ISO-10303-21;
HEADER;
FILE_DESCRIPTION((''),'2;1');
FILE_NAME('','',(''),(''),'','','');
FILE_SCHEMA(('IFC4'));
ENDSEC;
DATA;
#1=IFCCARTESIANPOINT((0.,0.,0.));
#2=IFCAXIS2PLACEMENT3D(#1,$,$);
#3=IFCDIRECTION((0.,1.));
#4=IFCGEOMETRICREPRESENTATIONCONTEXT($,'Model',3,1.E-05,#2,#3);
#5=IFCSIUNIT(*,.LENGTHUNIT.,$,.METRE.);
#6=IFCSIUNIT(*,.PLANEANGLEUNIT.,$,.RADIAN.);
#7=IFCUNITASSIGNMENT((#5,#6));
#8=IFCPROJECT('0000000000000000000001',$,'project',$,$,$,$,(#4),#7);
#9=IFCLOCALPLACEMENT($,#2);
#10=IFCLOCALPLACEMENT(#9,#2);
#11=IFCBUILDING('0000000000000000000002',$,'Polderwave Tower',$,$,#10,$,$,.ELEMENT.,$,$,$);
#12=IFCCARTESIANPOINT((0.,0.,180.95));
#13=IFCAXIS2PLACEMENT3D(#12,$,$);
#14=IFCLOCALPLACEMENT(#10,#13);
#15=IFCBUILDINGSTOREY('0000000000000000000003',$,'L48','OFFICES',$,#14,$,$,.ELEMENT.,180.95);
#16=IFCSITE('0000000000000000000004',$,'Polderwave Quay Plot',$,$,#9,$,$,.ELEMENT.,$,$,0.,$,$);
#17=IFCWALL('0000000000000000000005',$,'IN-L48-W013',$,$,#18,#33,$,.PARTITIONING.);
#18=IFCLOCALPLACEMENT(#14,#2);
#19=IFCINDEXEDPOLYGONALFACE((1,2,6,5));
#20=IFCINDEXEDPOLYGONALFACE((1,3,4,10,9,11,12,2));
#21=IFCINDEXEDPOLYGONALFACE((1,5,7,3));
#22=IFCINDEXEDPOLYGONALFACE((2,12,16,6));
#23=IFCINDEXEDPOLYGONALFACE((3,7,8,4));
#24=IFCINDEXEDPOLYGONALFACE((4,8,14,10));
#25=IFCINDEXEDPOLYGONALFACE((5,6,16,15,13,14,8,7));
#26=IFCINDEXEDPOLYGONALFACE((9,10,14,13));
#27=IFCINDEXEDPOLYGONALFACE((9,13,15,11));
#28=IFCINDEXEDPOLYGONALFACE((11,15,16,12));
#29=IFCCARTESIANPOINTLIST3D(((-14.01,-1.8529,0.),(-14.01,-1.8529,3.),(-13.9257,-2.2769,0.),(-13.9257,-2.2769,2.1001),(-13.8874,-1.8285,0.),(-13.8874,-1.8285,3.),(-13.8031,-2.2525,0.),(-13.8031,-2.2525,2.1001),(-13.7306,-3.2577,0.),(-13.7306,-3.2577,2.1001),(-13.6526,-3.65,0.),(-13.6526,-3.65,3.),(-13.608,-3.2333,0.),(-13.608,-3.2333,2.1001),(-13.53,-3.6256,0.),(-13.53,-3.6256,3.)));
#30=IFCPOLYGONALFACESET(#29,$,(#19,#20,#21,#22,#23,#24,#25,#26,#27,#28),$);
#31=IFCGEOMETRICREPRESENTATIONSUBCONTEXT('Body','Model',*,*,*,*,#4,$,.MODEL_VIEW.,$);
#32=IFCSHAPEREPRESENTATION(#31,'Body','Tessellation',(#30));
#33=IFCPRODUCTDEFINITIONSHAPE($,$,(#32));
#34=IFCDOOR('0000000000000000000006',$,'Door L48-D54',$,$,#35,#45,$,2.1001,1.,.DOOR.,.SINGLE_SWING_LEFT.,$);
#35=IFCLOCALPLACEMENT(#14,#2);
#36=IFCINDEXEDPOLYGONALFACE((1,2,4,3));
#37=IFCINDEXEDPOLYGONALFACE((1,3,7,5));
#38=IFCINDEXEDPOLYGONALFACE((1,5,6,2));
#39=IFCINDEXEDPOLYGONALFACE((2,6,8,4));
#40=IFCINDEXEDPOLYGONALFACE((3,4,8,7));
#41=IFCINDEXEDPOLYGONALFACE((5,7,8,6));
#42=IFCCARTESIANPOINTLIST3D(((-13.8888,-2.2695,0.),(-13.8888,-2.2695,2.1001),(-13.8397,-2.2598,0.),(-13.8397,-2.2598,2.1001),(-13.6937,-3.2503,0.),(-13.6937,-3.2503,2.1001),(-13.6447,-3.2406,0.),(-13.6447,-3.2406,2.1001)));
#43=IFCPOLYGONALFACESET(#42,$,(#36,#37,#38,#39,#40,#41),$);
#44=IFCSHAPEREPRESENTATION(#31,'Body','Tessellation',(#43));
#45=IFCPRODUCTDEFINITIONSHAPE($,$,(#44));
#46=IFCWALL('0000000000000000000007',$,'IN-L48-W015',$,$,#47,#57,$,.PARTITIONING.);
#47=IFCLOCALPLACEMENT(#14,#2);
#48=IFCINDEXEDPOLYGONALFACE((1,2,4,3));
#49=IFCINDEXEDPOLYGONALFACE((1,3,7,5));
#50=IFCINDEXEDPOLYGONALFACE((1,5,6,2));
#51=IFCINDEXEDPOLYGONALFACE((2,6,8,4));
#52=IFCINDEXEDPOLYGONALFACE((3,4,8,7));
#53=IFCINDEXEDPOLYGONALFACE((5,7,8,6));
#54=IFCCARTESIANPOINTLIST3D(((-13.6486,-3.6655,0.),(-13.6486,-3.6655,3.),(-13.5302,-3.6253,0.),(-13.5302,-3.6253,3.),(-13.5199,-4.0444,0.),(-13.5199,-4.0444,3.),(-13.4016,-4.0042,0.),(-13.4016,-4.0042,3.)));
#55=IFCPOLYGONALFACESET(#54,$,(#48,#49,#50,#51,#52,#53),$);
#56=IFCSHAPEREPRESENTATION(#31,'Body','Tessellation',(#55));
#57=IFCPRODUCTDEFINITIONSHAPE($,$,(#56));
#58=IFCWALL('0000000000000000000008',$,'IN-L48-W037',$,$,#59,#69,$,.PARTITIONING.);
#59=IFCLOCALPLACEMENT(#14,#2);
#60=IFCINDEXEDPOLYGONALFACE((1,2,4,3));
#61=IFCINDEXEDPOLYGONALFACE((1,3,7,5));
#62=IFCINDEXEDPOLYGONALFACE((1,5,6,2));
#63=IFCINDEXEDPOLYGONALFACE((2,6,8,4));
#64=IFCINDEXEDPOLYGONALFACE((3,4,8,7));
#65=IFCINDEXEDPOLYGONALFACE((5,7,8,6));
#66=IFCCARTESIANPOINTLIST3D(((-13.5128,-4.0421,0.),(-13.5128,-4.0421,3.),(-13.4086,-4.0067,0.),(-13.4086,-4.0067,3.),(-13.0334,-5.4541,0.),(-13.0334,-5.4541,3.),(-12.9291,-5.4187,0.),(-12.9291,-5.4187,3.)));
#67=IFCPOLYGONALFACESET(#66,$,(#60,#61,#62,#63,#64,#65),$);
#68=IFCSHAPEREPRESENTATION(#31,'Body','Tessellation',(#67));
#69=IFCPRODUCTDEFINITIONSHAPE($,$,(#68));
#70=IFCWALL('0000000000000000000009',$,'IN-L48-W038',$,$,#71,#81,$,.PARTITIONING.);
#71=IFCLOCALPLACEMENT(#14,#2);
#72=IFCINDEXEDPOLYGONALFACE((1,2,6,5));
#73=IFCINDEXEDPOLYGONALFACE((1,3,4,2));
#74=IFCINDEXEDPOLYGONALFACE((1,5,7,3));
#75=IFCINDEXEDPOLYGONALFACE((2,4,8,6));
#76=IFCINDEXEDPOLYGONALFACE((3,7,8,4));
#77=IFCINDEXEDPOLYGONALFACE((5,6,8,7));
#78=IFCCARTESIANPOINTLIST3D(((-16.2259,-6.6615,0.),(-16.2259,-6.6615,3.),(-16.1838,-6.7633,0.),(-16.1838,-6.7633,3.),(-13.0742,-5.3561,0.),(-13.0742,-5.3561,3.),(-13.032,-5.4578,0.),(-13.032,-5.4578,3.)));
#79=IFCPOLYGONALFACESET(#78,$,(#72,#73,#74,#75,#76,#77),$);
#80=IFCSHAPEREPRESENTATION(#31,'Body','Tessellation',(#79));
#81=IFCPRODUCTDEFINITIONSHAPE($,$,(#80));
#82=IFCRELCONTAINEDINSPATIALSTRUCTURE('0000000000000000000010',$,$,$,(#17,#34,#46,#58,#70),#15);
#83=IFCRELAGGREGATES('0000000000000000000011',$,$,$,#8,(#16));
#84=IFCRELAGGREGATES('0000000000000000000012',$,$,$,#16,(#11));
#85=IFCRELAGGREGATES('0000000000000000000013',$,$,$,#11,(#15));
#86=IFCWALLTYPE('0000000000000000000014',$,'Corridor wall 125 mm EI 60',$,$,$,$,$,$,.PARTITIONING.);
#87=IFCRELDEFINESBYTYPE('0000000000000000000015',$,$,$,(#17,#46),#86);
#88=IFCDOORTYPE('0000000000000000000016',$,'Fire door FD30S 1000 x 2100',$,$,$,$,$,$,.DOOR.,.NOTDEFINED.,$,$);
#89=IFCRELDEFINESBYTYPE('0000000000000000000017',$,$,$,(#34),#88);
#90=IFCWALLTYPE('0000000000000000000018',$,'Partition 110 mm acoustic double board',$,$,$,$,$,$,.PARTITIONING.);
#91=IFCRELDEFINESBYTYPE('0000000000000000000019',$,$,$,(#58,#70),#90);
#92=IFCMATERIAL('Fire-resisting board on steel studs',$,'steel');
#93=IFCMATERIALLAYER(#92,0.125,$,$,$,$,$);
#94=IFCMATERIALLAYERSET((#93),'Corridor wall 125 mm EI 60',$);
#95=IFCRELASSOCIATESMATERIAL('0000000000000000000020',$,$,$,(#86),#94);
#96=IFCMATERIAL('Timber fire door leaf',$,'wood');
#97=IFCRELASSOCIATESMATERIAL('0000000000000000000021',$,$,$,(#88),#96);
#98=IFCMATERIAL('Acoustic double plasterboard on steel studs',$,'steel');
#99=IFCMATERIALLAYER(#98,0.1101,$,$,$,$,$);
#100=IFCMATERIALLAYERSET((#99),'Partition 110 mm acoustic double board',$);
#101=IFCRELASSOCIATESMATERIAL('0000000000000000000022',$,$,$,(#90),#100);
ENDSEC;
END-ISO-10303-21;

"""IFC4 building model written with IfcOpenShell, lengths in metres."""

from ifc_helpers import new_model, si_unit, direction, frame, frame_2d, origin, place, context, subcontext, project, spatial, rectangle, extrude, material, layer, layer_set, type_object, element, fill, save


model = new_model("IFC4")

# Units and contexts
model_context = context("Model", 3, precision=1e-05, world=origin(), true_north=direction((0.0, 1.0)))
body_context = subcontext(model_context, "Body", "Model", "MODEL_VIEW")
ifc_project = project(units=[si_unit("LENGTHUNIT", "METRE"), si_unit("PLANEANGLEUNIT", "RADIAN")], contexts=[model_context])

# Site, building, storey
site_placement = place(None, origin())
site = spatial("IfcSite", under=ifc_project, at=site_placement, Name="Polderwave Quay Plot", CompositionType="ELEMENT", RefElevation=0.0)
building_placement = place(site_placement, origin())
building = spatial("IfcBuilding", under=site, at=building_placement, Name="Polderwave Tower", CompositionType="ELEMENT")
storey_placement = place(building_placement, frame((0.0, 0.0, 180.95)))
storey = spatial("IfcBuildingStorey", under=building, at=storey_placement, Name="L48", Description="OFFICES", CompositionType="ELEMENT", Elevation=180.95)

# Shared definitions
ifc_material_1 = material(Name="Fire-resisting board on steel studs", Category="steel")
ifc_layer_1 = layer(ifc_material_1, 0.125)
ifc_layer_set_1 = layer_set([ifc_layer_1], Name="Corridor wall 125 mm EI 60")
wall_type_1 = type_object("IfcWallType", Name="Corridor wall 125 mm EI 60", PredefinedType="PARTITIONING", material=ifc_layer_set_1)

# Wall, opening, door
wall_1_placement = place(storey_placement, frame((-13.5913, -3.6377, 0.0), z_axis=(0.0, 0.0, 1.0), x_axis=(-0.195065, 0.98079, 0.0)))
wall_1 = element("IfcWall", 1, at=wall_1_placement, inside=storey, type_object=wall_type_1, Name="IN-L48-W013", PredefinedType="PARTITIONING", context=body_context, shape_type="SweptSolid", body=[
    extrude(rectangle(XDim=1.8323, YDim=0.125, at=frame_2d((0.916, 0.0))), origin(), (0.0, 0.0, 1.0), 3.0),
])
opening_placement = place(wall_1_placement, frame((0.3999, 0.0, 0.0)))
opening = element("IfcOpeningElement", 2, at=opening_placement, cuts=wall_1, PredefinedType="OPENING", context=body_context, shape_type="SweptSolid", body=[
    extrude(rectangle(XDim=1.0, YDim=2.1001, at=frame_2d((0.5, 1.05))), frame((0.0, 0.0725, 0.0), z_axis=(0.0, -1.0, 0.0), x_axis=(1.0, 0.0, 0.0)), (0.0, 0.0, 1.0), 0.145),
])
ifc_material_2 = material(Name="Timber fire door leaf", Category="wood")
door_type = type_object("IfcDoorType", Name="Fire door FD30S 1000 x 2100", OperationType="NOTDEFINED", PredefinedType="DOOR", material=ifc_material_2)
door_placement = place(opening_placement, origin())
door = element("IfcDoor", 3, at=door_placement, inside=storey, type_object=door_type, Name="Door L48-D54", OperationType="SINGLE_SWING_LEFT", OverallHeight=2.1001, OverallWidth=1.0, PredefinedType="DOOR", context=body_context, shape_type="SweptSolid", body=[
    extrude(rectangle(XDim=1.0, YDim=2.1001, at=frame_2d((0.5, 1.05))), frame((0.0, 0.0249, 0.0), z_axis=(0.0, -1.0, 0.0), x_axis=(1.0, 0.0, 0.0)), (0.0, 0.0, 1.0), 0.05),
])
fill(opening, door)

# Walls
wall_2_placement = place(storey_placement, frame((-13.4607, -4.0244, 0.0), z_axis=(0.0, 0.0, 1.0), x_axis=(-0.321531, 0.946899, 0.0)))
element("IfcWall", 4, at=wall_2_placement, inside=storey, type_object=wall_type_1, Name="IN-L48-W015", PredefinedType="PARTITIONING", context=body_context, shape_type="SweptSolid", body=[
    extrude(rectangle(XDim=0.4001, YDim=0.125, at=frame_2d((0.2002, 0.0))), origin(), (0.0, 0.0, 1.0), 3.0),
])
ifc_material_3 = material(Name="Acoustic double plasterboard on steel studs", Category="steel")
ifc_layer_2 = layer(ifc_material_3, 0.1101)
ifc_layer_set_2 = layer_set([ifc_layer_2], Name="Partition 110 mm acoustic double board")
wall_type_2 = type_object("IfcWallType", Name="Partition 110 mm acoustic double board", PredefinedType="PARTITIONING", material=ifc_layer_set_2)
wall_3_placement = place(storey_placement, frame((-13.4607, -4.0244, 0.0), z_axis=(0.0, 0.0, 1.0), x_axis=(0.321527, -0.9469, 0.0)))
element("IfcWall", 5, at=wall_3_placement, inside=storey, type_object=wall_type_2, Name="IN-L48-W037", PredefinedType="PARTITIONING", context=body_context, shape_type="SweptSolid", body=[
    extrude(rectangle(XDim=1.4912, YDim=0.1101, at=frame_2d((0.7456, 0.0))), origin(), (0.0, 0.0, 1.0), 3.0),
])
wall_4_placement = place(storey_placement, frame((-13.0532, -5.407, 0.0), z_axis=(0.0, 0.0, 1.0), x_axis=(-0.923882, -0.382678, 0.0)))
element("IfcWall", 6, at=wall_4_placement, inside=storey, type_object=wall_type_2, Name="IN-L48-W038", PredefinedType="PARTITIONING", context=body_context, shape_type="SweptSolid", body=[
    extrude(rectangle(XDim=3.4114, YDim=0.1101, at=frame_2d((1.7056, 0.0))), origin(), (0.0, 0.0, 1.0), 3.0),
])

save(model, "model.ifc")
